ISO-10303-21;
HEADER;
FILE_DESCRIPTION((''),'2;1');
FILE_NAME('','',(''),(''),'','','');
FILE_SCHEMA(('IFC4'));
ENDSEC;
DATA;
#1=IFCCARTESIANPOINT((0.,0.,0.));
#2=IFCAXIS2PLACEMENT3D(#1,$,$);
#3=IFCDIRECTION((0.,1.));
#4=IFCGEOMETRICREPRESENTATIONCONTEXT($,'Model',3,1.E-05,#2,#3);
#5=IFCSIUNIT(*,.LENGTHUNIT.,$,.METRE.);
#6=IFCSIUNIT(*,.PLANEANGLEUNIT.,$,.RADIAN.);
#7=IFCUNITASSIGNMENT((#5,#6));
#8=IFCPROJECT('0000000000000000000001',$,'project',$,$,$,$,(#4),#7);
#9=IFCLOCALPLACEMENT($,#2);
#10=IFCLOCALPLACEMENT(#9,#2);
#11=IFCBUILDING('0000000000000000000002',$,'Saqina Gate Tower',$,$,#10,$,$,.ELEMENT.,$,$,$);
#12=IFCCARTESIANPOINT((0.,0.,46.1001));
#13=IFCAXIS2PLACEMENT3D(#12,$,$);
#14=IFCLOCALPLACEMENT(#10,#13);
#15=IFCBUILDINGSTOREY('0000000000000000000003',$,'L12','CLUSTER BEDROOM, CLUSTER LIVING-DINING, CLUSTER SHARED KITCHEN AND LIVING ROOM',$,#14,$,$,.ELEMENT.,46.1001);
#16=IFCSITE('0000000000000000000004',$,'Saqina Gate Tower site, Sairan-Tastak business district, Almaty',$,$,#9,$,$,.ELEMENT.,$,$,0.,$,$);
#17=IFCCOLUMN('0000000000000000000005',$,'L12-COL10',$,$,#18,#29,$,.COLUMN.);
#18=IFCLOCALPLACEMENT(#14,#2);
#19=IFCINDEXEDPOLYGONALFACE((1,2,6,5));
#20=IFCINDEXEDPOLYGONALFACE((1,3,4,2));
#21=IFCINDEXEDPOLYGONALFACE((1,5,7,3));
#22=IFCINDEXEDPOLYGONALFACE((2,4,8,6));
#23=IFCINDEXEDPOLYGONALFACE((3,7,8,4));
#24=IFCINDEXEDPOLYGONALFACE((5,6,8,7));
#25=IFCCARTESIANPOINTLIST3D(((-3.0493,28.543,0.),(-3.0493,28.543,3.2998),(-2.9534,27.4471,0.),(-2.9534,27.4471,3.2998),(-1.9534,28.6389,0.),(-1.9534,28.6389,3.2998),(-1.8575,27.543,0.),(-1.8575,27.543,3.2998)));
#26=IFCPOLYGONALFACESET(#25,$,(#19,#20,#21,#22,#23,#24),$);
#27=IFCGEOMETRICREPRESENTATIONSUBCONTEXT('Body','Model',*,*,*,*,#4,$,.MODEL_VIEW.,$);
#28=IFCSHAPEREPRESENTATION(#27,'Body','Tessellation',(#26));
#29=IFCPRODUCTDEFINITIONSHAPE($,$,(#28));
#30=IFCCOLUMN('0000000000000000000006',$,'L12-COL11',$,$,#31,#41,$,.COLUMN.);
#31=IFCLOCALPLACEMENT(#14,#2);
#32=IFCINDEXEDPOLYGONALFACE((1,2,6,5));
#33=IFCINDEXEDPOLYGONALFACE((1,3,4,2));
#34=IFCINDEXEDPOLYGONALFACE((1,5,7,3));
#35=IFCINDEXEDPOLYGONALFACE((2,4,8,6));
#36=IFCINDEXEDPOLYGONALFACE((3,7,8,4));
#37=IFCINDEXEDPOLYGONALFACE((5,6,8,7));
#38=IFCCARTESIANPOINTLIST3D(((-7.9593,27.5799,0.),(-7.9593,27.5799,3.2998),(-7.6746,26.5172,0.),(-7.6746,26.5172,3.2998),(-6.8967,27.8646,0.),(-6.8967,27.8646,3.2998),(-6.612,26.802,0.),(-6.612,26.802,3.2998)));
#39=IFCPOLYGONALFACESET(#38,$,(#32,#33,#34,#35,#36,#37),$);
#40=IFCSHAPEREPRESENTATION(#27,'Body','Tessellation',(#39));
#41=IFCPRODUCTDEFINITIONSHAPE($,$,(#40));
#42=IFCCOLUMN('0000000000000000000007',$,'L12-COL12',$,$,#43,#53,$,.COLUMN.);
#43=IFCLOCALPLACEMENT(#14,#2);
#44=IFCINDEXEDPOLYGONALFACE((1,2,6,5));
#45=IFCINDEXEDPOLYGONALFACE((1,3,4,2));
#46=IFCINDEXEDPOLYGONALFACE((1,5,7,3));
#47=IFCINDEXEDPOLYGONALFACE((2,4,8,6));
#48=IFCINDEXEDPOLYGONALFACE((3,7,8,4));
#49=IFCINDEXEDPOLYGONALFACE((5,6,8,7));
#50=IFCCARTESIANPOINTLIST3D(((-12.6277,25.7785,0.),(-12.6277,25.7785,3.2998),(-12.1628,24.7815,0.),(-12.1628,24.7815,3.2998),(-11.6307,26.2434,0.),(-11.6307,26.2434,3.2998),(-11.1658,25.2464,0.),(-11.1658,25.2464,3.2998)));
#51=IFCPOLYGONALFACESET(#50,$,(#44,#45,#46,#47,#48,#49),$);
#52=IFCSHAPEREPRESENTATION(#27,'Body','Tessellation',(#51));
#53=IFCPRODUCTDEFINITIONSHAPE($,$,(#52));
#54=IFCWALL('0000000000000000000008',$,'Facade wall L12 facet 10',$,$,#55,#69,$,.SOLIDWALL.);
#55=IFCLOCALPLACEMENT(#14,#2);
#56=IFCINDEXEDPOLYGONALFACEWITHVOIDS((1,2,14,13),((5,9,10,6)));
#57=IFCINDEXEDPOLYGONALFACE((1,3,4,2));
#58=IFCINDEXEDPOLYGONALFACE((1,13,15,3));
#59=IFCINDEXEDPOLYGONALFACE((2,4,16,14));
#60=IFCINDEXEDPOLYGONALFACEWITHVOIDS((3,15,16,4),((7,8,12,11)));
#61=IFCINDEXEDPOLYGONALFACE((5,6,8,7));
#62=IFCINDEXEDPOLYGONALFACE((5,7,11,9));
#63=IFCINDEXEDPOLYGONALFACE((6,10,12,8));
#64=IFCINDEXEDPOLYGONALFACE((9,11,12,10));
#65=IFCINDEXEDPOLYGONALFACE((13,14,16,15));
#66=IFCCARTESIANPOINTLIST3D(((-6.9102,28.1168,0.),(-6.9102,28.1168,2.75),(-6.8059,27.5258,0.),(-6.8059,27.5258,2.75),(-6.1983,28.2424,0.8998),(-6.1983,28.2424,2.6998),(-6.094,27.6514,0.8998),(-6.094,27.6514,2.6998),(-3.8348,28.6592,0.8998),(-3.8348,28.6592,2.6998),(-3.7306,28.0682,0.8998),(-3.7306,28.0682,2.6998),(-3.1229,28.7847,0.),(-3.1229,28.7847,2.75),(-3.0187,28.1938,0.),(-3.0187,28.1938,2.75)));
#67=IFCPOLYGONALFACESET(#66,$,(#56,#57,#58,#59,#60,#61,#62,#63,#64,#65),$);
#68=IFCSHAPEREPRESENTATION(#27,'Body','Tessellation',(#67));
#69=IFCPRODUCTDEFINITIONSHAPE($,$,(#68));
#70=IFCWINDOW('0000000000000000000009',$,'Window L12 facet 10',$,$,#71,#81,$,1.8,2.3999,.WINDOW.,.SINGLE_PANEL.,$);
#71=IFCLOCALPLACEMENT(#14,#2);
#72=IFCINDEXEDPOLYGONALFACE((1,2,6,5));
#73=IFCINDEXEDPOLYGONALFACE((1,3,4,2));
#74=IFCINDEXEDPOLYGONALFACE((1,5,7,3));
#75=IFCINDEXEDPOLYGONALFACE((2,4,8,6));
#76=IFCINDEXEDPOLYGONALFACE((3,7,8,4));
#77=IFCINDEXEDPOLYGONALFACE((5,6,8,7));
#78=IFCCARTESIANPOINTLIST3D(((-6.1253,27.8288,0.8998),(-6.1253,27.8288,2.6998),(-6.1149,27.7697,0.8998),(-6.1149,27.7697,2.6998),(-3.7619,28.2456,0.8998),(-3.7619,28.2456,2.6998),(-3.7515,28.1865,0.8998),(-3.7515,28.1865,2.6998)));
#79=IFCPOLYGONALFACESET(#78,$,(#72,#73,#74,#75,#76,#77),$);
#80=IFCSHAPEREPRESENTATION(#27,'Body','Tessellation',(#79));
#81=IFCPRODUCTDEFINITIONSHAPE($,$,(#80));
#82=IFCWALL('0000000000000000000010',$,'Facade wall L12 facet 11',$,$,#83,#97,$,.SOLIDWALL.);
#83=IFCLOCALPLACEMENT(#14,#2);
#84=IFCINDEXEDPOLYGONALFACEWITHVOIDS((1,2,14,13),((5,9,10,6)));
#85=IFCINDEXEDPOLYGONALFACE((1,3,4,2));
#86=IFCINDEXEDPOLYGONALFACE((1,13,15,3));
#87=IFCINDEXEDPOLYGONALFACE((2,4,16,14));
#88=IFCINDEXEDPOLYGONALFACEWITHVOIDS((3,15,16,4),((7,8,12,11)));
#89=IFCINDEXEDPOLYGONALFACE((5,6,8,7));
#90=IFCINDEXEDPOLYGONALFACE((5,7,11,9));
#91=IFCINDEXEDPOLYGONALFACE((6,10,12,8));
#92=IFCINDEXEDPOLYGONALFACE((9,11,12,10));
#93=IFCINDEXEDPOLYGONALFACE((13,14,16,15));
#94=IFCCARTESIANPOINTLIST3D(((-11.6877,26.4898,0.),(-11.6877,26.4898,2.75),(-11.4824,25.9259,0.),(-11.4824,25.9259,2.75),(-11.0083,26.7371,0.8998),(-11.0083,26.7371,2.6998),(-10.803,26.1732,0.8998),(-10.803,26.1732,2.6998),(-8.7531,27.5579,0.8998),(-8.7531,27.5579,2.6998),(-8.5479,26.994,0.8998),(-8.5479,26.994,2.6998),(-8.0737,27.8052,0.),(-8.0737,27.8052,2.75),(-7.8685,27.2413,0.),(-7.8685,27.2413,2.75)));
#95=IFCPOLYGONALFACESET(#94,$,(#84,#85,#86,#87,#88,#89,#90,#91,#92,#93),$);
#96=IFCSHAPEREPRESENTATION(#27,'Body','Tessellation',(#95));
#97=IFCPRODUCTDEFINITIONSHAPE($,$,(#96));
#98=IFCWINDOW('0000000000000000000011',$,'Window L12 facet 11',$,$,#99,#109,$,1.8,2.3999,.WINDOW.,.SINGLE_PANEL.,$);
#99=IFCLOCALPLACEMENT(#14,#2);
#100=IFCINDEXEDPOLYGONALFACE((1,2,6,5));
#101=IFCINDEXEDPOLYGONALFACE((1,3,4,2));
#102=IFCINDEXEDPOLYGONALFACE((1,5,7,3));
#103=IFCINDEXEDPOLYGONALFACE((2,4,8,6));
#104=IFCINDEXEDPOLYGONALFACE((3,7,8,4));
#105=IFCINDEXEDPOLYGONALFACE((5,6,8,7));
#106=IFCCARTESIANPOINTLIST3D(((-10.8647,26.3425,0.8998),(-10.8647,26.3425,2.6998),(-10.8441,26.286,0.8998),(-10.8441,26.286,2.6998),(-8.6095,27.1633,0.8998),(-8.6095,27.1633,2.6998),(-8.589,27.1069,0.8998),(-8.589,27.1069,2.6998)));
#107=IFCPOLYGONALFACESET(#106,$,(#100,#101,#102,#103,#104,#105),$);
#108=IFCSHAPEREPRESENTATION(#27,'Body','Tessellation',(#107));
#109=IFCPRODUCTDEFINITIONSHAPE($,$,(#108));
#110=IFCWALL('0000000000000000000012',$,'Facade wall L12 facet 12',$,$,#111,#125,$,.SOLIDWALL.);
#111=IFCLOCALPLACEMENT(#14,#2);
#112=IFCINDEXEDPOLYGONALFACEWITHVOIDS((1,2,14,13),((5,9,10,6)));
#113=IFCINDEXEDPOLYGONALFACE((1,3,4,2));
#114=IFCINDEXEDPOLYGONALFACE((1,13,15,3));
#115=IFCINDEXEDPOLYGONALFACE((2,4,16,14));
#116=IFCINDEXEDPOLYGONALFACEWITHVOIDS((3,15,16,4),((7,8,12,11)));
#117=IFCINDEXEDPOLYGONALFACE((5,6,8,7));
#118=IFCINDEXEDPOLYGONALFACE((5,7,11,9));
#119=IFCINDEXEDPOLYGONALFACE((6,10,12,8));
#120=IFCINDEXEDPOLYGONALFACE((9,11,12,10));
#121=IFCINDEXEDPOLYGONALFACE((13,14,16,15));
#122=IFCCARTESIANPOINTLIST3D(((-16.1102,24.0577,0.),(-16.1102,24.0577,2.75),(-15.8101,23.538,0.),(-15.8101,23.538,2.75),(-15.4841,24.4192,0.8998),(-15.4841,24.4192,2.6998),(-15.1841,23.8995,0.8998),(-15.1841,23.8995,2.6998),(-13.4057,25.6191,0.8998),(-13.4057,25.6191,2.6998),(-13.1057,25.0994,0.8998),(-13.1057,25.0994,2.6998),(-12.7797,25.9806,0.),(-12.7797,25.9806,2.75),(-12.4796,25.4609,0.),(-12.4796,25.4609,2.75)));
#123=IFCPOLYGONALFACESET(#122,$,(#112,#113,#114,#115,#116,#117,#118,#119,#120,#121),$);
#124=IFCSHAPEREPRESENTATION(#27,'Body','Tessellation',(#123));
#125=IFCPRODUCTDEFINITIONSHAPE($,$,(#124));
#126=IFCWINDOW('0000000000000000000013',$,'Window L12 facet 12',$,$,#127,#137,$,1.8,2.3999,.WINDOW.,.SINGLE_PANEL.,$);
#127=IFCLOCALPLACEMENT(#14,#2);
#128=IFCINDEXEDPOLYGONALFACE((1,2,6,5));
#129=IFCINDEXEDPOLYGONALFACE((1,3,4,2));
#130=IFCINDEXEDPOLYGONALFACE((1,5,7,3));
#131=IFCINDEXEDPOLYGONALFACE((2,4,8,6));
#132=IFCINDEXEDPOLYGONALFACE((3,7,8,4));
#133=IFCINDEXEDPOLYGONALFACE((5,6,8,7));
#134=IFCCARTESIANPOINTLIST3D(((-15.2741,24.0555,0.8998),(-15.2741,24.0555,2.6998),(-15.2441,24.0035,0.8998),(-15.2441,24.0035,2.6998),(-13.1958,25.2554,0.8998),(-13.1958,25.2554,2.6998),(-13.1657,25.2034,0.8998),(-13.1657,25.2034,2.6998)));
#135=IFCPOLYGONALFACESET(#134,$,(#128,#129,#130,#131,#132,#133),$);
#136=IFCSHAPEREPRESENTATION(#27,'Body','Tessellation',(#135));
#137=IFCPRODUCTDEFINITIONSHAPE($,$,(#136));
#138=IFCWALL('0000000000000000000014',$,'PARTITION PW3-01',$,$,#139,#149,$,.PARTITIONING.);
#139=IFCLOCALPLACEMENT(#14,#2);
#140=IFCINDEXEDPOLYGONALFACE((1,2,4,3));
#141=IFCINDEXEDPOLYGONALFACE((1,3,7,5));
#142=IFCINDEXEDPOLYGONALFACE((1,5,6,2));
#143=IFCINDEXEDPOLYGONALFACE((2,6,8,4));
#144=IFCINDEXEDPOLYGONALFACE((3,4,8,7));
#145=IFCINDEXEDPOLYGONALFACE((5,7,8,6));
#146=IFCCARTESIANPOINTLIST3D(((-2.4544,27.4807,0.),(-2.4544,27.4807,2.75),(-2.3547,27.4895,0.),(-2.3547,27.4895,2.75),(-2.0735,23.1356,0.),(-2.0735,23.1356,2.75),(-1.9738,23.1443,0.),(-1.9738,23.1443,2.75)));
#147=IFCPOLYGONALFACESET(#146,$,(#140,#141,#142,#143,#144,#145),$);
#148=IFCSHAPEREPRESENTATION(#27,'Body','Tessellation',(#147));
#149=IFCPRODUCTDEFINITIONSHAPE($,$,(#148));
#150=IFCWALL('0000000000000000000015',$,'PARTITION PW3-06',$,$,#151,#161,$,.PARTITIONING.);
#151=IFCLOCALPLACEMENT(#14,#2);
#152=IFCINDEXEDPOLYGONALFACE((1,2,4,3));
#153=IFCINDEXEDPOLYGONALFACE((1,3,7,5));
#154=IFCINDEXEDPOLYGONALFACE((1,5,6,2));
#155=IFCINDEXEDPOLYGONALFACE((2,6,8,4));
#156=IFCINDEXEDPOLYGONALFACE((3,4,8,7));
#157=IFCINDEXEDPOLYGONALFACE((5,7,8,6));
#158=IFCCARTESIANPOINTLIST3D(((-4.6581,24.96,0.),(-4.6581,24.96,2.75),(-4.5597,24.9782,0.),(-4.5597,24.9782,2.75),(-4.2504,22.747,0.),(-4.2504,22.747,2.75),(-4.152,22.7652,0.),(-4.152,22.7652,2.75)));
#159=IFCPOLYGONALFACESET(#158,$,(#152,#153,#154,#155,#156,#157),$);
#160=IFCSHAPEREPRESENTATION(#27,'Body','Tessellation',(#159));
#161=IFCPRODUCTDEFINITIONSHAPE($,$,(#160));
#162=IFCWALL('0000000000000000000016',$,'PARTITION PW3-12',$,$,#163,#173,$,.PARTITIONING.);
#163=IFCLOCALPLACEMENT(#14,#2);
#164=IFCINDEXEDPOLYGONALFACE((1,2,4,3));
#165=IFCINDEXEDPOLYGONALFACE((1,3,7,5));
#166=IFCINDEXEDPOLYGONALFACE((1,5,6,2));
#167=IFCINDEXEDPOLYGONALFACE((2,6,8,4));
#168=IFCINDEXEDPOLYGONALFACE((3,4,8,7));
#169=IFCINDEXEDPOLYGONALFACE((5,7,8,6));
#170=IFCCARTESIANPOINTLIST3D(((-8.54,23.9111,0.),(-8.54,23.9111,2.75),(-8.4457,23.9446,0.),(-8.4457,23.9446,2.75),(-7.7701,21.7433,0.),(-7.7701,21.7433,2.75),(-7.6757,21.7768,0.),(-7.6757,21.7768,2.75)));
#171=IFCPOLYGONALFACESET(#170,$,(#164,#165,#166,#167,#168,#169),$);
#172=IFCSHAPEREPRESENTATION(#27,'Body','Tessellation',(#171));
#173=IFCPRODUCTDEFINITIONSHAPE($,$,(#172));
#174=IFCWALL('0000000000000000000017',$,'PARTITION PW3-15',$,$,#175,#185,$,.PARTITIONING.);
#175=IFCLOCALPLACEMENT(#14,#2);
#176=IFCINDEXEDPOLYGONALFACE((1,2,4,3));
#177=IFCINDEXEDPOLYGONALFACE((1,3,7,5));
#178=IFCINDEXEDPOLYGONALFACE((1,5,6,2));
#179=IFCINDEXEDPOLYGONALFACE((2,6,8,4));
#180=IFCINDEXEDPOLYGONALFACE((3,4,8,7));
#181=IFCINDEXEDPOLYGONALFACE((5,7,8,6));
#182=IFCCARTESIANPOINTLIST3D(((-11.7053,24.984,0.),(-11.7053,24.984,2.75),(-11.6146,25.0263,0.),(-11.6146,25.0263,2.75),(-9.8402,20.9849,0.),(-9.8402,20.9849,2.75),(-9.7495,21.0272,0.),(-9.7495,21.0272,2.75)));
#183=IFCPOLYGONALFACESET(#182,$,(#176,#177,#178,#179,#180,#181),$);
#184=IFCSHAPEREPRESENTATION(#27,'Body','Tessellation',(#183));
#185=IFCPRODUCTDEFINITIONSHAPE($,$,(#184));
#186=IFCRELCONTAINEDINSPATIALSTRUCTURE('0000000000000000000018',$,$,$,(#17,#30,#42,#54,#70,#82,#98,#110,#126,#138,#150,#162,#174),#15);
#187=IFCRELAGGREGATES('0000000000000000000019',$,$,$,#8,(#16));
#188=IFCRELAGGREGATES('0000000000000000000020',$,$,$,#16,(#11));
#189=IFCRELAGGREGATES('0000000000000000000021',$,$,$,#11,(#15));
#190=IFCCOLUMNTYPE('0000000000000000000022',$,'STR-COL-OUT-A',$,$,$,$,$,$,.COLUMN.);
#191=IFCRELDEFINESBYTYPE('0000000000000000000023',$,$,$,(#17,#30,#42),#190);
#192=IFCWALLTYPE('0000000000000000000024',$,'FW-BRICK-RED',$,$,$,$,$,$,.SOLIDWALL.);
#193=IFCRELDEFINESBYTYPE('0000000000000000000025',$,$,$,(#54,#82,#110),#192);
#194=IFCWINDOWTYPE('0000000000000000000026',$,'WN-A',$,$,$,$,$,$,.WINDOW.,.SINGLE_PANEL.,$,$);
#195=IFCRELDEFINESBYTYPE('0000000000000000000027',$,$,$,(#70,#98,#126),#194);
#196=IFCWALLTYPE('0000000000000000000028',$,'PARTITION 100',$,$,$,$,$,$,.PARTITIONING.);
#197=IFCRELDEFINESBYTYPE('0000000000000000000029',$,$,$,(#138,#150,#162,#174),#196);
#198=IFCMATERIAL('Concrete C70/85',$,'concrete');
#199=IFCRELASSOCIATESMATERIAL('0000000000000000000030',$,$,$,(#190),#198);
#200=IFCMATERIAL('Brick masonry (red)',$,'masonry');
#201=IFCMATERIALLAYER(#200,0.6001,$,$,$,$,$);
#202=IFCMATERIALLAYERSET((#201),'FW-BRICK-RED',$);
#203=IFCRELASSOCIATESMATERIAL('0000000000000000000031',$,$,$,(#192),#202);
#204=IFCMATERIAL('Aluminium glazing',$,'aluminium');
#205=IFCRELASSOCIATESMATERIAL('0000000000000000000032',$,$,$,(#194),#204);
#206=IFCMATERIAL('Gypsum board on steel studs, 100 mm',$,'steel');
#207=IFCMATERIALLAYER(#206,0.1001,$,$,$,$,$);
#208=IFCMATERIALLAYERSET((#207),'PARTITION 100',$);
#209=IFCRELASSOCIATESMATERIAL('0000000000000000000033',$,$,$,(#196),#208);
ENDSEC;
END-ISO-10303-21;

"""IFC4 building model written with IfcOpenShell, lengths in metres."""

from ifc_helpers import new_model, si_unit, direction, frame, frame_2d, origin, origin_2d, place, context, subcontext, project, spatial, rectangle, extrude, material, layer, layer_set, material_profile, profile_set, type_object, element, fill, save


model = new_model("IFC4")

# Units and contexts
model_context = context("Model", 3, precision=1e-05, world=origin(), true_north=direction((0.0, 1.0)))
body_context = subcontext(model_context, "Body", "Model", "MODEL_VIEW")
ifc_project = project(units=[si_unit("LENGTHUNIT", "METRE"), si_unit("PLANEANGLEUNIT", "RADIAN")], contexts=[model_context])

# Site, building, storey
site_placement = place(None, origin())
site = spatial("IfcSite", under=ifc_project, at=site_placement, Name="Saqina Gate Tower site, Sairan-Tastak business district, Almaty", CompositionType="ELEMENT", RefElevation=0.0)
building_placement = place(site_placement, origin())
building = spatial("IfcBuilding", under=site, at=building_placement, Name="Saqina Gate Tower", CompositionType="ELEMENT")
storey_placement = place(building_placement, frame((0.0, 0.0, 46.1001)))
storey = spatial("IfcBuildingStorey", under=building, at=storey_placement, Name="L12", Description="CLUSTER BEDROOM, CLUSTER LIVING-DINING, CLUSTER SHARED KITCHEN AND LIVING ROOM", CompositionType="ELEMENT", Elevation=46.1001)

# Columns
ifc_material_1 = material(Name="Concrete C70/85", Category="concrete")
ifc_material_profile = material_profile(ifc_material_1, rectangle(XDim=1.1001, YDim=1.1001, at=origin_2d()), Name="RC 1100x1100")
ifc_profile_set = profile_set([ifc_material_profile], Name="Concrete C70/85")
column_type = type_object("IfcColumnType", Name="STR-COL-OUT-A", PredefinedType="COLUMN", material=ifc_profile_set)
for number, where, z_axis, x_axis, name in (
    (1, (-2.4534, 28.043, 0.0), (0.0, 0.0, 1.0), (-0.087156, 0.996195, 0.0), "L12-COL10"),
    (2, (-7.2856, 27.1909, 0.0), (0.0, 0.0, 1.0), (-0.258819, 0.965926, 0.0), "L12-COL11"),
    (3, (-11.8967, 25.5125, 0.0), (0.0, 0.0, 1.0), (-0.422618, 0.906308, 0.0), "L12-COL12"),
):
    element("IfcColumn", number, at=place(storey_placement, frame(where, z_axis=z_axis, x_axis=x_axis)), inside=storey, type_object=column_type, Name=name, PredefinedType="COLUMN", context=body_context, shape_type="SweptSolid", body=[
        extrude(rectangle(XDim=1.1001, YDim=1.1001, at=origin_2d()), origin(), (0.0, 0.0, 1.0), 3.2998),
    ])

# Walls, openings, windows
ifc_material_2 = material(Name="Brick masonry (red)", Category="masonry")
ifc_layer_1 = layer(ifc_material_2, 0.6001)
ifc_layer_set_1 = layer_set([ifc_layer_1], Name="FW-BRICK-RED")
wall_type_1 = type_object("IfcWallType", Name="FW-BRICK-RED", PredefinedType="SOLIDWALL", material=ifc_layer_set_1)
wall_1_placement = place(storey_placement, frame((-3.0708, 28.4893, 0.0), z_axis=(0.0, 0.0, 1.0), x_axis=(-0.984801, -0.173688, 0.0)))
wall_1 = element("IfcWall", 4, at=wall_1_placement, inside=storey, type_object=wall_type_1, Name="Facade wall L12 facet 10", PredefinedType="SOLIDWALL", context=body_context, shape_type="SweptSolid", body=[
    extrude(rectangle(XDim=3.8457, YDim=0.6001, at=frame_2d((1.9229, 0.0))), origin(), (0.0, 0.0, 1.0), 2.75),
])
opening_1_placement = place(wall_1_placement, frame((0.7229, 0.0, 0.8999)))
opening_1 = element("IfcOpeningElement", 5, at=opening_1_placement, cuts=wall_1, PredefinedType="OPENING", context=body_context, shape_type="SweptSolid", body=[
    extrude(rectangle(XDim=2.3999, YDim=1.8, at=frame_2d((1.2, 0.8999))), frame((0.0, 0.312, 0.0), z_axis=(0.0, -1.0, 0.0), x_axis=(1.0, 0.0, 0.0)), (0.0, 0.0, 1.0), 0.624),
])
ifc_material_3 = material(Name="Aluminium glazing", Category="aluminium")
window_type = type_object("IfcWindowType", Name="WN-A", PartitioningType="SINGLE_PANEL", PredefinedType="WINDOW", material=ifc_material_3)
window_1_placement = place(opening_1_placement, origin())
window_1 = element("IfcWindow", 6, at=window_1_placement, inside=storey, type_object=window_type, Name="Window L12 facet 10", OverallHeight=1.8, OverallWidth=2.3999, PartitioningType="SINGLE_PANEL", PredefinedType="WINDOW", context=body_context, shape_type="SweptSolid", body=[
    extrude(rectangle(XDim=2.3999, YDim=1.8, at=frame_2d((1.2, 0.8999))), frame((0.0, 0.1799, 0.0), z_axis=(0.0, -1.0, 0.0), x_axis=(1.0, 0.0, 0.0)), (0.0, 0.0, 1.0), 0.0601),
])
fill(opening_1, window_1)
wall_2_placement = place(storey_placement, frame((-7.9712, 27.5232, 0.0), z_axis=(0.0, 0.0, 1.0), x_axis=(-0.93969, -0.342028, 0.0)))
wall_2 = element("IfcWall", 7, at=wall_2_placement, inside=storey, type_object=wall_type_1, Name="Facade wall L12 facet 11", PredefinedType="SOLIDWALL", context=body_context, shape_type="SweptSolid", body=[
    extrude(rectangle(XDim=3.8459, YDim=0.6001, at=frame_2d((1.9229, 0.0))), origin(), (0.0, 0.0, 1.0), 2.75),
])
opening_2_placement = place(wall_2_placement, frame((0.7229, 0.0, 0.8999)))
opening_2 = element("IfcOpeningElement", 8, at=opening_2_placement, cuts=wall_2, PredefinedType="OPENING", context=body_context, shape_type="SweptSolid", body=[
    extrude(rectangle(XDim=2.3999, YDim=1.8, at=frame_2d((1.2, 0.8999))), frame((0.0, 0.312, 0.0), z_axis=(0.0, -1.0, 0.0), x_axis=(1.0, 0.0, 0.0)), (0.0, 0.0, 1.0), 0.624),
])
window_2_placement = place(opening_2_placement, origin())
window_2 = element("IfcWindow", 9, at=window_2_placement, inside=storey, type_object=window_type, Name="Window L12 facet 11", OverallHeight=1.8, OverallWidth=2.3999, PartitioningType="SINGLE_PANEL", PredefinedType="WINDOW", context=body_context, shape_type="SweptSolid", body=[
    extrude(rectangle(XDim=2.3999, YDim=1.8, at=frame_2d((1.2, 0.8999))), frame((0.0, 0.1799, 0.0), z_axis=(0.0, -1.0, 0.0), x_axis=(1.0, 0.0, 0.0)), (0.0, 0.0, 1.0), 0.0601),
])
fill(opening_2, window_2)
wall_3_placement = place(storey_placement, frame((-12.6296, 25.7207, 0.0), z_axis=(0.0, 0.0, 1.0), x_axis=(-0.866031, -0.49999, 0.0)))
wall_3 = element("IfcWall", 10, at=wall_3_placement, inside=storey, type_object=wall_type_1, Name="Facade wall L12 facet 12", PredefinedType="SOLIDWALL", context=body_context, shape_type="SweptSolid", body=[
    extrude(rectangle(XDim=3.8457, YDim=0.6001, at=frame_2d((1.9229, 0.0))), origin(), (0.0, 0.0, 1.0), 2.75),
])
opening_3_placement = place(wall_3_placement, frame((0.7229, 0.0, 0.8999)))
opening_3 = element("IfcOpeningElement", 11, at=opening_3_placement, cuts=wall_3, PredefinedType="OPENING", context=body_context, shape_type="SweptSolid", body=[
    extrude(rectangle(XDim=2.3999, YDim=1.8, at=frame_2d((1.2, 0.8999))), frame((0.0, 0.312, 0.0), z_axis=(0.0, -1.0, 0.0), x_axis=(1.0, 0.0, 0.0)), (0.0, 0.0, 1.0), 0.624),
])
window_3_placement = place(opening_3_placement, origin())
window_3 = element("IfcWindow", 12, at=window_3_placement, inside=storey, type_object=window_type, Name="Window L12 facet 12", OverallHeight=1.8, OverallWidth=2.3999, PartitioningType="SINGLE_PANEL", PredefinedType="WINDOW", context=body_context, shape_type="SweptSolid", body=[
    extrude(rectangle(XDim=2.3999, YDim=1.8, at=frame_2d((1.2, 0.8999))), frame((0.0, 0.1799, 0.0), z_axis=(0.0, -1.0, 0.0), x_axis=(1.0, 0.0, 0.0)), (0.0, 0.0, 1.0), 0.0601),
])
fill(opening_3, window_3)

# Walls
ifc_material_4 = material(Name="Gypsum board on steel studs, 100 mm", Category="steel")
ifc_layer_2 = layer(ifc_material_4, 0.1001)
ifc_layer_set_2 = layer_set([ifc_layer_2], Name="PARTITION 100")
wall_type_2 = type_object("IfcWallType", Name="PARTITION 100", PredefinedType="PARTITIONING", material=ifc_layer_set_2)
wall_4_placement = place(storey_placement, frame((-2.4045, 27.4851, 0.0), z_axis=(0.0, 0.0, 1.0), x_axis=(0.087316, -0.996181, 0.0)))
element("IfcWall", 13, at=wall_4_placement, inside=storey, type_object=wall_type_2, Name="PARTITION PW3-01", PredefinedType="PARTITIONING", context=body_context, shape_type="SweptSolid", body=[
    extrude(rectangle(XDim=4.3618, YDim=0.1001, at=frame_2d((2.1809, 0.0))), origin(), (0.0, 0.0, 1.0), 2.75),
])
wall_5_placement = place(storey_placement, frame((-4.6089, 24.969, 0.0), z_axis=(0.0, 0.0, 1.0), x_axis=(0.181196, -0.983447, 0.0)))
element("IfcWall", 14, at=wall_5_placement, inside=storey, type_object=wall_type_2, Name="PARTITION PW3-06", PredefinedType="PARTITIONING", context=body_context, shape_type="SweptSolid", body=[
    extrude(rectangle(XDim=2.2502, YDim=0.1001, at=frame_2d((1.125, 0.0))), origin(), (0.0, 0.0, 1.0), 2.75),
])
wall_6_placement = place(storey_placement, frame((-8.4929, 23.928, 0.0), z_axis=(0.0, 0.0, 1.0), x_axis=(0.334696, -0.942326, 0.0)))
element("IfcWall", 15, at=wall_6_placement, inside=storey, type_object=wall_type_2, Name="PARTITION PW3-12", PredefinedType="PARTITIONING", context=body_context, shape_type="SweptSolid", body=[
    extrude(rectangle(XDim=2.3005, YDim=0.1001, at=frame_2d((1.1504, 0.0))), origin(), (0.0, 0.0, 1.0), 2.75),
])
wall_7_placement = place(storey_placement, frame((-11.6599, 25.0051, 0.0), z_axis=(0.0, 0.0, 1.0), x_axis=(0.422658, -0.906289, 0.0)))
element("IfcWall", 16, at=wall_7_placement, inside=storey, type_object=wall_type_2, Name="PARTITION PW3-15", PredefinedType="PARTITIONING", context=body_context, shape_type="SweptSolid", body=[
    extrude(rectangle(XDim=4.4126, YDim=0.1001, at=frame_2d((2.2063, 0.0))), origin(), (0.0, 0.0, 1.0), 2.75),
])

save(model, "model.ifc")
